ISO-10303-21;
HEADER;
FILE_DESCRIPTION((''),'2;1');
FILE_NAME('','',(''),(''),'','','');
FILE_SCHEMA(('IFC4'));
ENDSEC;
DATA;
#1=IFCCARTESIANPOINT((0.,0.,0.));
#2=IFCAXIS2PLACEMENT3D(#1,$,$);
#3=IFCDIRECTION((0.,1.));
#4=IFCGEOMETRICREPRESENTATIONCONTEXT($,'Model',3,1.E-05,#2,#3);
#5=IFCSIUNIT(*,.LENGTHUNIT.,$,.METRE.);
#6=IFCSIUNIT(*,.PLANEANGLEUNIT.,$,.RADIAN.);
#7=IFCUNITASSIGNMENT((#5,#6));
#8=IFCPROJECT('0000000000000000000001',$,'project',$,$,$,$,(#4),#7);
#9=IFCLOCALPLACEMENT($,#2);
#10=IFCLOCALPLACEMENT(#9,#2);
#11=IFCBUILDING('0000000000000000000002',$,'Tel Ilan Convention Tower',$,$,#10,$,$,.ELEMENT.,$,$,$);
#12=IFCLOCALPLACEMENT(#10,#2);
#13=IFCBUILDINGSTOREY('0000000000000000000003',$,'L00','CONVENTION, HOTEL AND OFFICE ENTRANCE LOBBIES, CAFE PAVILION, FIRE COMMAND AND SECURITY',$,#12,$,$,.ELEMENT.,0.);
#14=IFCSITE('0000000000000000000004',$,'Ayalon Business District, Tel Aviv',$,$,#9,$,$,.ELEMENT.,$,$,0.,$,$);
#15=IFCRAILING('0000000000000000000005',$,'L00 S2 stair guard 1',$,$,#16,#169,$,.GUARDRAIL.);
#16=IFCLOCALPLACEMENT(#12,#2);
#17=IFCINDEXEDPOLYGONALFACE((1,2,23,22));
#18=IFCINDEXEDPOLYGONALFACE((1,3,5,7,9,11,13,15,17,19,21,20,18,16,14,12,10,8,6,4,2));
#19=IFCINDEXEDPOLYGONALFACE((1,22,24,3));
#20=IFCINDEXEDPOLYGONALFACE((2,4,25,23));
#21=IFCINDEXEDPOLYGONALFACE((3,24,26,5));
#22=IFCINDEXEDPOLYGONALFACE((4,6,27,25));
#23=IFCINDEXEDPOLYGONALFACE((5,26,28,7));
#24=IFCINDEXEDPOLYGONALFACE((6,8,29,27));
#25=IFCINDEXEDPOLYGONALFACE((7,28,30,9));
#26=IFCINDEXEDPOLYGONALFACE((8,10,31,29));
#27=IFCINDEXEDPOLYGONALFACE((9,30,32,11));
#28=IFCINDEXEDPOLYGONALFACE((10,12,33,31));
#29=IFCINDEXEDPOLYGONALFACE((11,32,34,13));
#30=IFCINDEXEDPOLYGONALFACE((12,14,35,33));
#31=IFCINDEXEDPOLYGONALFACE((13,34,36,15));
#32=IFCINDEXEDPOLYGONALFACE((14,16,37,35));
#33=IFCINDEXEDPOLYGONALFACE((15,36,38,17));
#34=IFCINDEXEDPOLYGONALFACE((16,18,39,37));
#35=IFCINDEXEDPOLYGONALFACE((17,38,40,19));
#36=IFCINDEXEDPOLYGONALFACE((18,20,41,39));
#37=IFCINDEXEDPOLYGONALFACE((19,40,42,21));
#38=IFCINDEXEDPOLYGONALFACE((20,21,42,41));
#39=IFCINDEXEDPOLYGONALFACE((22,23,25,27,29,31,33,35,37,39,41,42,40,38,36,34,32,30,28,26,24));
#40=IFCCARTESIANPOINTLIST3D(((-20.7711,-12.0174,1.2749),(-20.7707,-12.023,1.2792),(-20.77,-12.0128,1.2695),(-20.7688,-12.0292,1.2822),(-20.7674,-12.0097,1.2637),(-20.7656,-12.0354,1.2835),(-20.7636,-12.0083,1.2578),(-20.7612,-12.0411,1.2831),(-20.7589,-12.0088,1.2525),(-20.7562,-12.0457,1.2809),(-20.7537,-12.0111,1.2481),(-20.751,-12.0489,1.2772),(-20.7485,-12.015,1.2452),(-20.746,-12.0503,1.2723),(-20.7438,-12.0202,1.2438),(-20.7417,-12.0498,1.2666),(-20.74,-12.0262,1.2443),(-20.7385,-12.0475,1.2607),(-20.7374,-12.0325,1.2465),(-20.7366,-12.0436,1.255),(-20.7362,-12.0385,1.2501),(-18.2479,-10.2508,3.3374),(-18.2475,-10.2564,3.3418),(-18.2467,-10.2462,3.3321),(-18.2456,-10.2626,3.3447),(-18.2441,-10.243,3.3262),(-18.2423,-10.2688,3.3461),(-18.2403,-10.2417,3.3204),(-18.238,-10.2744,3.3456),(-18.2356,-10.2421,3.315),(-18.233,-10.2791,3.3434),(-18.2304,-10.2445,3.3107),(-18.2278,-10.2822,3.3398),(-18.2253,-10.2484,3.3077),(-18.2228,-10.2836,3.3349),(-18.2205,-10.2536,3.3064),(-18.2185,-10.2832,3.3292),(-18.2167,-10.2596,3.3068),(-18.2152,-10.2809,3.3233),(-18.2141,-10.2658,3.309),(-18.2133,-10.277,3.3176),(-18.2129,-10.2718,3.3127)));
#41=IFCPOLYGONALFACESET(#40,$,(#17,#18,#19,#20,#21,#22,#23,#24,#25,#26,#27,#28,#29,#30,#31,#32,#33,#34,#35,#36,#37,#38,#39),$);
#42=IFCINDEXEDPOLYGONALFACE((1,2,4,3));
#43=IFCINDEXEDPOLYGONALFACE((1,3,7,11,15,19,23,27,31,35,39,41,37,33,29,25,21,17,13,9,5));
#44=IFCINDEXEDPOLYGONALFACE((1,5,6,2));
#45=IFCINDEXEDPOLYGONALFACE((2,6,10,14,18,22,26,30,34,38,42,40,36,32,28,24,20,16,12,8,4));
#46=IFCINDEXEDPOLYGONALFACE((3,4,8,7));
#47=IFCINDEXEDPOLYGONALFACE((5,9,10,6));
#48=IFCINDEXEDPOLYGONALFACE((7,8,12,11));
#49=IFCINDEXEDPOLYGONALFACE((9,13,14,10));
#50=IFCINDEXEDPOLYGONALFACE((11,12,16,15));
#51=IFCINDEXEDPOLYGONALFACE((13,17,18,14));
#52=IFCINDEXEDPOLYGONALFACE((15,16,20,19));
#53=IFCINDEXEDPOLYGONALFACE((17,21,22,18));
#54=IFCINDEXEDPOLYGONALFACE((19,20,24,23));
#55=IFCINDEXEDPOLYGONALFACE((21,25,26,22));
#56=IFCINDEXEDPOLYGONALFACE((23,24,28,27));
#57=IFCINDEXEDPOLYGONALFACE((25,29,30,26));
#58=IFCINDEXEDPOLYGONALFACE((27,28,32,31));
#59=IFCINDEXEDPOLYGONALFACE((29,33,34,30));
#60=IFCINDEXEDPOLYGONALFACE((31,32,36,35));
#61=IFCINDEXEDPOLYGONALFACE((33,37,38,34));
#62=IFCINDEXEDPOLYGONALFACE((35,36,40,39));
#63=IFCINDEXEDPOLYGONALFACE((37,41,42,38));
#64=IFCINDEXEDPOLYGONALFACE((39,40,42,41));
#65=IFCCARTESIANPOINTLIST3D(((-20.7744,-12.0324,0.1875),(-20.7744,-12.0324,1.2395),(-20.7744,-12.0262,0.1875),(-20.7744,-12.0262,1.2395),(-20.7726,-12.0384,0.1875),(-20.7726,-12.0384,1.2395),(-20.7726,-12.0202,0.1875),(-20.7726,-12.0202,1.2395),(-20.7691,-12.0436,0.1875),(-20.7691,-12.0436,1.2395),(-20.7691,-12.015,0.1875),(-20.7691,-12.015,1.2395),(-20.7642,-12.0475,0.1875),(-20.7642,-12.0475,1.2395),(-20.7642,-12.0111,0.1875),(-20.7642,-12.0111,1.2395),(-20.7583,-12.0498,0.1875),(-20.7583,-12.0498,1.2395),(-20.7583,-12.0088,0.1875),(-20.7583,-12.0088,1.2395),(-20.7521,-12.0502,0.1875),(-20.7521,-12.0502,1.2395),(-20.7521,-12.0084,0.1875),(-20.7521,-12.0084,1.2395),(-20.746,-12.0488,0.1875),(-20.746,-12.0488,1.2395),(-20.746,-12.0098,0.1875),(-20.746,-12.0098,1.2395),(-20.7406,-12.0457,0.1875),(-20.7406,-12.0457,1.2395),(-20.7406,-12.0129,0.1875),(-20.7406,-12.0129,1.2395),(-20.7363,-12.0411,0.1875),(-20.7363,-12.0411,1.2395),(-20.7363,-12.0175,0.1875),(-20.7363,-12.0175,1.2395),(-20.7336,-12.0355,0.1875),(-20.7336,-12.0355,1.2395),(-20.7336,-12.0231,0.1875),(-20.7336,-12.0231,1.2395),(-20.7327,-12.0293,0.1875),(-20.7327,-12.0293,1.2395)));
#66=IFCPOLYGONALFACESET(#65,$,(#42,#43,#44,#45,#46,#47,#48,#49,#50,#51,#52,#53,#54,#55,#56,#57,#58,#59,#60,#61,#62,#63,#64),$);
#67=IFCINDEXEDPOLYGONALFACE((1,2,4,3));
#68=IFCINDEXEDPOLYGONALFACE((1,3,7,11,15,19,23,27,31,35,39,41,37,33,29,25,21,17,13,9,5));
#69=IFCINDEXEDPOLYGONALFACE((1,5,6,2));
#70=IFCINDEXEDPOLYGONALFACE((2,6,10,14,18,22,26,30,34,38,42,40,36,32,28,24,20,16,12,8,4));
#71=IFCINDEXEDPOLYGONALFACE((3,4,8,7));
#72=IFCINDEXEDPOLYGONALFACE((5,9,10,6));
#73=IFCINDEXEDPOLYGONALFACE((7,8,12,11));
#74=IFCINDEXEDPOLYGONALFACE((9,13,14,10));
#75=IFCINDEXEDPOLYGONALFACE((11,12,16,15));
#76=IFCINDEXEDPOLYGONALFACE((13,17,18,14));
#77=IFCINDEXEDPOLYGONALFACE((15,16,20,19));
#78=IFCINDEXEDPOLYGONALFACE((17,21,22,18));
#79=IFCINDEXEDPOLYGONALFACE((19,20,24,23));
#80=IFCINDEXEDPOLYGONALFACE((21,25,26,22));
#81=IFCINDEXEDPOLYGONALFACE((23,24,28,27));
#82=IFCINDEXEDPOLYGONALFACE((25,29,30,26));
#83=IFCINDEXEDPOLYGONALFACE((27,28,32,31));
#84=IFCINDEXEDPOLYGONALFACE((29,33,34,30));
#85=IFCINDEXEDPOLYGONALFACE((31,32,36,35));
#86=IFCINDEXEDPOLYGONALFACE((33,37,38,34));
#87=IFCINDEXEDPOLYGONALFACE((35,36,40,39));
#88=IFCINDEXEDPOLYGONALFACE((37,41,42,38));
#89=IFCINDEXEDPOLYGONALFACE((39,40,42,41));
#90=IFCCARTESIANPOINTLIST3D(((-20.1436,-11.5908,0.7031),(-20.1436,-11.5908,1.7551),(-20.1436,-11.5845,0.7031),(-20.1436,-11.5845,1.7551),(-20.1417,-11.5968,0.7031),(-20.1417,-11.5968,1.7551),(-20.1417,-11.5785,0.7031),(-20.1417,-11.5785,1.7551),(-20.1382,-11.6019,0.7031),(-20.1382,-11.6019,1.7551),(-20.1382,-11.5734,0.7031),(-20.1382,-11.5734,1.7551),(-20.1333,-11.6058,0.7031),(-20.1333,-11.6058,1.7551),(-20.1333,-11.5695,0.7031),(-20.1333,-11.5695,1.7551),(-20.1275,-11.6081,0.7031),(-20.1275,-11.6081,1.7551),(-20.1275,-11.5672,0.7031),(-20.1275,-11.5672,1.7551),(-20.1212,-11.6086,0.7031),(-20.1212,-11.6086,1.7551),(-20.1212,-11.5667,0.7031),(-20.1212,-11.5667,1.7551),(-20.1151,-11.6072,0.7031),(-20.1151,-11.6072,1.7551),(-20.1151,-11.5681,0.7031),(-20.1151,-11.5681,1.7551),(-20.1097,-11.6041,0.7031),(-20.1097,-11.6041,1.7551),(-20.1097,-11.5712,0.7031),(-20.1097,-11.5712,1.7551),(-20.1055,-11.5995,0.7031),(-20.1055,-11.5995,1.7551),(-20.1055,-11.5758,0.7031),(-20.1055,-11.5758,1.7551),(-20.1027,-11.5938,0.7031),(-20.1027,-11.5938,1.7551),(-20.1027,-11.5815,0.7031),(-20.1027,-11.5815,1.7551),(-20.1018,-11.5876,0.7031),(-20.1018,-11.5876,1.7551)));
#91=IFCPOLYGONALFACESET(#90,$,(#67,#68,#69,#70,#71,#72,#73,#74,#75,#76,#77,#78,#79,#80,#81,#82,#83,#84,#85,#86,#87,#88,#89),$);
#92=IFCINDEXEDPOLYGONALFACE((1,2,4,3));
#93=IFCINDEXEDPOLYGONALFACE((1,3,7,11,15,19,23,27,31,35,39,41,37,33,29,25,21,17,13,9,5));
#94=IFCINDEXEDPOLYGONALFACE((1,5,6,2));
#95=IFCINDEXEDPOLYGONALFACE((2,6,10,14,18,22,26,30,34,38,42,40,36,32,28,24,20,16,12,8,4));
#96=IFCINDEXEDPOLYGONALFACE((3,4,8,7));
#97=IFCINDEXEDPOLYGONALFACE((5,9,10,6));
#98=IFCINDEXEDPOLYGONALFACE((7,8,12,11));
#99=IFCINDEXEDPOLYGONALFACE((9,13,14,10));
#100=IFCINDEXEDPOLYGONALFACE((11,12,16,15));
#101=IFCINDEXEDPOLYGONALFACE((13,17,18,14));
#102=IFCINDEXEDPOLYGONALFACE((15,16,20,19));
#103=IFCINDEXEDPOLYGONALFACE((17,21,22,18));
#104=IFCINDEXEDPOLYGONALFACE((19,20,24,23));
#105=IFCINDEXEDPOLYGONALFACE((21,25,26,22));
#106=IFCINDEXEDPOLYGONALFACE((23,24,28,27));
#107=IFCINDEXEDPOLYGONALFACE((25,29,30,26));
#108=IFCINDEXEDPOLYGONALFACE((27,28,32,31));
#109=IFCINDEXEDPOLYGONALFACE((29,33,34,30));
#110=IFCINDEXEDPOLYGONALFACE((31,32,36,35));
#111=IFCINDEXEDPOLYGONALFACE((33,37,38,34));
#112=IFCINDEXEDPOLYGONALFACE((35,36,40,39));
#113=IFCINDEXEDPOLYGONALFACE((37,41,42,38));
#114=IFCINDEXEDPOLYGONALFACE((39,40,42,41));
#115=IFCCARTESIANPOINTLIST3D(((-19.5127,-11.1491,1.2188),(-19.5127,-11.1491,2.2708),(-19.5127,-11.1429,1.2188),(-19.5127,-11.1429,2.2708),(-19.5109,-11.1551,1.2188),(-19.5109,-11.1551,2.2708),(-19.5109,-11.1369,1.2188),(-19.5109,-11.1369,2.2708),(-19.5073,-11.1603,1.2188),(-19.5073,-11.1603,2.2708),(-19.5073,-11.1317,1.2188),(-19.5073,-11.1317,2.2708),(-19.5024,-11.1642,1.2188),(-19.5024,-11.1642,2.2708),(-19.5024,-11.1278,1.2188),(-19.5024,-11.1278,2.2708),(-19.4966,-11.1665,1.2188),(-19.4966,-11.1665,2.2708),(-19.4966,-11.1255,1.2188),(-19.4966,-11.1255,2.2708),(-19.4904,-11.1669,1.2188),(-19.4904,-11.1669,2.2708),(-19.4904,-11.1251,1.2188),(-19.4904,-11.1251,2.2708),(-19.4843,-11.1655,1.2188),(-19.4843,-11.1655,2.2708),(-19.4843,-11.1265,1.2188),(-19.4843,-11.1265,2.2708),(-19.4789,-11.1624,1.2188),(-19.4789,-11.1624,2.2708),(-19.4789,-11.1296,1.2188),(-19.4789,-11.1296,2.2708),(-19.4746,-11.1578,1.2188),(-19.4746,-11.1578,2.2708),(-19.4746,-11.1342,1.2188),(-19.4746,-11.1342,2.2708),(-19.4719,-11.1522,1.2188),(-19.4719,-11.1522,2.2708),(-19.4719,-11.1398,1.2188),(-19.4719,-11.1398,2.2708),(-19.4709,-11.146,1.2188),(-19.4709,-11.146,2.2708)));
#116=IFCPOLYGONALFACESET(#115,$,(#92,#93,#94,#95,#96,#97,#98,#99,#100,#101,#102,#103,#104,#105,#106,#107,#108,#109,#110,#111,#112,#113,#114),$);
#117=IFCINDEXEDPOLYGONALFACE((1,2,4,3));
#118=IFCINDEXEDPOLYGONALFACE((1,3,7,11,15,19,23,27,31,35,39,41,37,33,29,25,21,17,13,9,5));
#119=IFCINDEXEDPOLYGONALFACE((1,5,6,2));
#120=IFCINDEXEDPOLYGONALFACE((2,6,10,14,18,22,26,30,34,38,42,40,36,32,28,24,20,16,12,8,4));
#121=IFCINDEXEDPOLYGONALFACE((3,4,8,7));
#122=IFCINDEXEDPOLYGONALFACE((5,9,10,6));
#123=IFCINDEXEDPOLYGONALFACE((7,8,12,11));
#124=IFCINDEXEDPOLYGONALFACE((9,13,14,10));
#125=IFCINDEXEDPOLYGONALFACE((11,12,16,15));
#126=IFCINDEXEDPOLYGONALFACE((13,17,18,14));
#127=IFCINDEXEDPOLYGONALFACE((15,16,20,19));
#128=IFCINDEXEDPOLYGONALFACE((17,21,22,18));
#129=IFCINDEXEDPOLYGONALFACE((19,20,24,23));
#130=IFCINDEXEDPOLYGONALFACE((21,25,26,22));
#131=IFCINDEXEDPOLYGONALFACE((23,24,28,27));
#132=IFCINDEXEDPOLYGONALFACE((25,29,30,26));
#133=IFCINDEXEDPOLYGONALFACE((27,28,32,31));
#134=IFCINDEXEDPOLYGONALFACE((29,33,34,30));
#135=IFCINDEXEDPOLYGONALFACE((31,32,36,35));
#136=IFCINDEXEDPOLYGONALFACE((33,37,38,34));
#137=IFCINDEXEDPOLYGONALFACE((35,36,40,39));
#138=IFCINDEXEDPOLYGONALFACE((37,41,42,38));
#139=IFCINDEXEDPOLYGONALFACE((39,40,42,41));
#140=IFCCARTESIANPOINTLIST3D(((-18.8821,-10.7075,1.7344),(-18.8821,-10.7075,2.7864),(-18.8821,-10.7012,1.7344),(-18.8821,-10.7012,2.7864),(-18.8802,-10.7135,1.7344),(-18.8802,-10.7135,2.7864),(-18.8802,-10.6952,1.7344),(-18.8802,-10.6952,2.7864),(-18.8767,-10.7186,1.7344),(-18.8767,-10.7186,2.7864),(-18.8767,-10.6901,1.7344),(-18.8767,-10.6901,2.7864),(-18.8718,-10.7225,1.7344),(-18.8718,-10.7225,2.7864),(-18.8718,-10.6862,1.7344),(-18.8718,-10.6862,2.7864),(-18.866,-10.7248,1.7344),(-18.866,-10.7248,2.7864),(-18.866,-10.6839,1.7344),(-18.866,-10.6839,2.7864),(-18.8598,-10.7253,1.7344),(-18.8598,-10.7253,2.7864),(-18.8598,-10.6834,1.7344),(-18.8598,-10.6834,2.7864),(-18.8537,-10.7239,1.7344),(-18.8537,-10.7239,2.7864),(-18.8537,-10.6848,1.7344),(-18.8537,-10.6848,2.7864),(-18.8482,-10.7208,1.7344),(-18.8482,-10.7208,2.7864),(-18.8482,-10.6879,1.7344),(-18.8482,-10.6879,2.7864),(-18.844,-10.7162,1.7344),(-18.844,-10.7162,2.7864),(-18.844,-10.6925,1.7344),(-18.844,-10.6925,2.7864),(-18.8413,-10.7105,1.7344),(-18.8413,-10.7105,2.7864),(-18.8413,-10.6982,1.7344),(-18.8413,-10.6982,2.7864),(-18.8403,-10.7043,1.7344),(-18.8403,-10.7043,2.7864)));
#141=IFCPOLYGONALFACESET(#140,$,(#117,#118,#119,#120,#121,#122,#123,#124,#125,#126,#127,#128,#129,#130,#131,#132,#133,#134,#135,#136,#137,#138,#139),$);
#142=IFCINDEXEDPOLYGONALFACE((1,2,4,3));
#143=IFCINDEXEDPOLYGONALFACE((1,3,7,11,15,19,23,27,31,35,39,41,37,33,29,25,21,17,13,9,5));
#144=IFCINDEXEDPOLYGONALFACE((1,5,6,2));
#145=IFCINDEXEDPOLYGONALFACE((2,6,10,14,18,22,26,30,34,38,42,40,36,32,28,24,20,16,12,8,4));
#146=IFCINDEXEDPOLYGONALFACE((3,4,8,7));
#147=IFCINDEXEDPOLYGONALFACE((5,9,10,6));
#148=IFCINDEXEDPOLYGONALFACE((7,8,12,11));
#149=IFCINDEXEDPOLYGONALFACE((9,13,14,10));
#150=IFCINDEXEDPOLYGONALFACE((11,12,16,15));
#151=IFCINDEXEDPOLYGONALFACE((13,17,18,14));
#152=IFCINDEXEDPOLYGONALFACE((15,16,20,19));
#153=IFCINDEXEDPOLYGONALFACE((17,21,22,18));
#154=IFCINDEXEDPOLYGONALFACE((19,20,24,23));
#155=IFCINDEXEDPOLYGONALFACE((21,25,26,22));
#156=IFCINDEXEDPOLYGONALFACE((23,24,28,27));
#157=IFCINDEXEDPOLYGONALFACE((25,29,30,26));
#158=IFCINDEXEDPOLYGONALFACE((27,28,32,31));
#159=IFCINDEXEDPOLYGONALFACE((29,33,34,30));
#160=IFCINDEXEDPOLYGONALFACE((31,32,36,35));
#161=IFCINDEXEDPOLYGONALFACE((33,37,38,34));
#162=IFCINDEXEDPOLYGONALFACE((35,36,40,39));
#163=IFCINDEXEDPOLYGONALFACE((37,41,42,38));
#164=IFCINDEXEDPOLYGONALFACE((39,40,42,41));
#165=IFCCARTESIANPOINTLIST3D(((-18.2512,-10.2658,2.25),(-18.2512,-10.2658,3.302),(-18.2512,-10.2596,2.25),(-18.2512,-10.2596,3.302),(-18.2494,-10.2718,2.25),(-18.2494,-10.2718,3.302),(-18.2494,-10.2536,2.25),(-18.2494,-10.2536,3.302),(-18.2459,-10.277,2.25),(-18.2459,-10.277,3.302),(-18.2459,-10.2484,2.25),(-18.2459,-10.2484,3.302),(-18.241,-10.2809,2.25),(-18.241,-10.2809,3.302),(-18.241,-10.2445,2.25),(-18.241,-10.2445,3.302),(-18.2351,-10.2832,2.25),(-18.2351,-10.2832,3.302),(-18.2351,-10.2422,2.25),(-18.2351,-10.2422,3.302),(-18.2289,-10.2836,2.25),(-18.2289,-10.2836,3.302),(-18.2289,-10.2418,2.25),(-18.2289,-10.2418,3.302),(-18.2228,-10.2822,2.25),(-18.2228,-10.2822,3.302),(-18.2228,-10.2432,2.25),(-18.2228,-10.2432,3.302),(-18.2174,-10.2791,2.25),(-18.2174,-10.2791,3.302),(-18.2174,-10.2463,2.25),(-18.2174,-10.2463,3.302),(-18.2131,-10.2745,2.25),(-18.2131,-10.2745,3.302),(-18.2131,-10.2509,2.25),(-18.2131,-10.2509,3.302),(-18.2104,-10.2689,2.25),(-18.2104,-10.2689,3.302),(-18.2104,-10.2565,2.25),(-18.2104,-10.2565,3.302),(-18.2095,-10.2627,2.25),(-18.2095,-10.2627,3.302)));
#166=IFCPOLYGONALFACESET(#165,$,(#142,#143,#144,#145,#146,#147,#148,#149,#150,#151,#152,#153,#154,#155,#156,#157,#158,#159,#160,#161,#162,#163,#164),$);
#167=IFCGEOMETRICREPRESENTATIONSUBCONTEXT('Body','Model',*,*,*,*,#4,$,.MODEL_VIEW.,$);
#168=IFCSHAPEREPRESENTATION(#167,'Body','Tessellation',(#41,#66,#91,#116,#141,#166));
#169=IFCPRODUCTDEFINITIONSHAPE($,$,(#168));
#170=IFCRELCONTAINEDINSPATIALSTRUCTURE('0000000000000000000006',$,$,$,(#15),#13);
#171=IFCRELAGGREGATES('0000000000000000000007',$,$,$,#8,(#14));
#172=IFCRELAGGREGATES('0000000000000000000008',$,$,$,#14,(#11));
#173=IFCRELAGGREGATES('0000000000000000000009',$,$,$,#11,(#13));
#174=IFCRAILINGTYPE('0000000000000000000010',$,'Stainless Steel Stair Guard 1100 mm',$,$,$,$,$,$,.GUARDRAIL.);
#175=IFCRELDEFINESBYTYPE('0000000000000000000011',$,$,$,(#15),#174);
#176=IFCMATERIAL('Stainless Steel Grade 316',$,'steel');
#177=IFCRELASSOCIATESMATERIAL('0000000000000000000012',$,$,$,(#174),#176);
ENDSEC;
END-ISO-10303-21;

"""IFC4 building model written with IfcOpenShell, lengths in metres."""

from ifc_helpers import new_model, si_unit, direction, frame, origin, origin_2d, place, context, subcontext, project, spatial, circle, extrude, material, type_object, element, save


model = new_model("IFC4")

# Units and contexts
model_context = context("Model", 3, precision=1e-05, world=origin(), true_north=direction((0.0, 1.0)))
body_context = subcontext(model_context, "Body", "Model", "MODEL_VIEW")
ifc_project = project(units=[si_unit("LENGTHUNIT", "METRE"), si_unit("PLANEANGLEUNIT", "RADIAN")], contexts=[model_context])

# Site, building, storey
site_placement = place(None, origin())
site = spatial("IfcSite", under=ifc_project, at=site_placement, Name="Ayalon Business District, Tel Aviv", CompositionType="ELEMENT", RefElevation=0.0)
building_placement = place(site_placement, origin())
building = spatial("IfcBuilding", under=site, at=building_placement, Name="Tel Ilan Convention Tower", CompositionType="ELEMENT")
storey_placement = place(building_placement, origin())
storey = spatial("IfcBuildingStorey", under=building, at=storey_placement, Name="L00", Description="CONVENTION, HOTEL AND OFFICE ENTRANCE LOBBIES, CAFE PAVILION, FIRE COMMAND AND SECURITY", CompositionType="ELEMENT", Elevation=0.0)

# Railing
ifc_material_1 = material(Name="Stainless Steel Grade 316", Category="steel")
railing_type_1 = type_object("IfcRailingType", Name="Stainless Steel Stair Guard 1100 mm", PredefinedType="GUARDRAIL", material=ifc_material_1)
railing_1_placement = place(storey_placement, frame((-20.7537, -12.0293, 0.1875)))
element("IfcRailing", 1, at=railing_1_placement, inside=storey, type_object=railing_type_1, Name="L00 S2 stair guard 1", PredefinedType="GUARDRAIL", context=body_context, shape_type="SweptSolid", body=[
    extrude(circle(Radius=0.0239, at=origin_2d()), frame((0.0, 0.0, 1.0762), z_axis=(0.68067, 0.476568, 0.556391), x_axis=(-0.573542, 0.819176, 0.0)), (0.0, 0.0, 1.0), 3.707),
    extrude(circle(Radius=0.021, at=origin_2d()), origin(), (0.0, 0.0, 1.0), 1.052),
    extrude(circle(Radius=0.021, at=origin_2d()), frame((0.6309, 0.4417, 0.5156)), (0.0, 0.0, 1.0), 1.052),
    extrude(circle(Radius=0.021, at=origin_2d()), frame((1.2617, 0.8833, 1.0312)), (0.0, 0.0, 1.0), 1.052),
    extrude(circle(Radius=0.021, at=origin_2d()), frame((1.8923, 1.325, 1.5469)), (0.0, 0.0, 1.0), 1.052),
    extrude(circle(Radius=0.021, at=origin_2d()), frame((2.5232, 1.7666, 2.0625)), (0.0, 0.0, 1.0), 1.052),
])

save(model, "model.ifc")
